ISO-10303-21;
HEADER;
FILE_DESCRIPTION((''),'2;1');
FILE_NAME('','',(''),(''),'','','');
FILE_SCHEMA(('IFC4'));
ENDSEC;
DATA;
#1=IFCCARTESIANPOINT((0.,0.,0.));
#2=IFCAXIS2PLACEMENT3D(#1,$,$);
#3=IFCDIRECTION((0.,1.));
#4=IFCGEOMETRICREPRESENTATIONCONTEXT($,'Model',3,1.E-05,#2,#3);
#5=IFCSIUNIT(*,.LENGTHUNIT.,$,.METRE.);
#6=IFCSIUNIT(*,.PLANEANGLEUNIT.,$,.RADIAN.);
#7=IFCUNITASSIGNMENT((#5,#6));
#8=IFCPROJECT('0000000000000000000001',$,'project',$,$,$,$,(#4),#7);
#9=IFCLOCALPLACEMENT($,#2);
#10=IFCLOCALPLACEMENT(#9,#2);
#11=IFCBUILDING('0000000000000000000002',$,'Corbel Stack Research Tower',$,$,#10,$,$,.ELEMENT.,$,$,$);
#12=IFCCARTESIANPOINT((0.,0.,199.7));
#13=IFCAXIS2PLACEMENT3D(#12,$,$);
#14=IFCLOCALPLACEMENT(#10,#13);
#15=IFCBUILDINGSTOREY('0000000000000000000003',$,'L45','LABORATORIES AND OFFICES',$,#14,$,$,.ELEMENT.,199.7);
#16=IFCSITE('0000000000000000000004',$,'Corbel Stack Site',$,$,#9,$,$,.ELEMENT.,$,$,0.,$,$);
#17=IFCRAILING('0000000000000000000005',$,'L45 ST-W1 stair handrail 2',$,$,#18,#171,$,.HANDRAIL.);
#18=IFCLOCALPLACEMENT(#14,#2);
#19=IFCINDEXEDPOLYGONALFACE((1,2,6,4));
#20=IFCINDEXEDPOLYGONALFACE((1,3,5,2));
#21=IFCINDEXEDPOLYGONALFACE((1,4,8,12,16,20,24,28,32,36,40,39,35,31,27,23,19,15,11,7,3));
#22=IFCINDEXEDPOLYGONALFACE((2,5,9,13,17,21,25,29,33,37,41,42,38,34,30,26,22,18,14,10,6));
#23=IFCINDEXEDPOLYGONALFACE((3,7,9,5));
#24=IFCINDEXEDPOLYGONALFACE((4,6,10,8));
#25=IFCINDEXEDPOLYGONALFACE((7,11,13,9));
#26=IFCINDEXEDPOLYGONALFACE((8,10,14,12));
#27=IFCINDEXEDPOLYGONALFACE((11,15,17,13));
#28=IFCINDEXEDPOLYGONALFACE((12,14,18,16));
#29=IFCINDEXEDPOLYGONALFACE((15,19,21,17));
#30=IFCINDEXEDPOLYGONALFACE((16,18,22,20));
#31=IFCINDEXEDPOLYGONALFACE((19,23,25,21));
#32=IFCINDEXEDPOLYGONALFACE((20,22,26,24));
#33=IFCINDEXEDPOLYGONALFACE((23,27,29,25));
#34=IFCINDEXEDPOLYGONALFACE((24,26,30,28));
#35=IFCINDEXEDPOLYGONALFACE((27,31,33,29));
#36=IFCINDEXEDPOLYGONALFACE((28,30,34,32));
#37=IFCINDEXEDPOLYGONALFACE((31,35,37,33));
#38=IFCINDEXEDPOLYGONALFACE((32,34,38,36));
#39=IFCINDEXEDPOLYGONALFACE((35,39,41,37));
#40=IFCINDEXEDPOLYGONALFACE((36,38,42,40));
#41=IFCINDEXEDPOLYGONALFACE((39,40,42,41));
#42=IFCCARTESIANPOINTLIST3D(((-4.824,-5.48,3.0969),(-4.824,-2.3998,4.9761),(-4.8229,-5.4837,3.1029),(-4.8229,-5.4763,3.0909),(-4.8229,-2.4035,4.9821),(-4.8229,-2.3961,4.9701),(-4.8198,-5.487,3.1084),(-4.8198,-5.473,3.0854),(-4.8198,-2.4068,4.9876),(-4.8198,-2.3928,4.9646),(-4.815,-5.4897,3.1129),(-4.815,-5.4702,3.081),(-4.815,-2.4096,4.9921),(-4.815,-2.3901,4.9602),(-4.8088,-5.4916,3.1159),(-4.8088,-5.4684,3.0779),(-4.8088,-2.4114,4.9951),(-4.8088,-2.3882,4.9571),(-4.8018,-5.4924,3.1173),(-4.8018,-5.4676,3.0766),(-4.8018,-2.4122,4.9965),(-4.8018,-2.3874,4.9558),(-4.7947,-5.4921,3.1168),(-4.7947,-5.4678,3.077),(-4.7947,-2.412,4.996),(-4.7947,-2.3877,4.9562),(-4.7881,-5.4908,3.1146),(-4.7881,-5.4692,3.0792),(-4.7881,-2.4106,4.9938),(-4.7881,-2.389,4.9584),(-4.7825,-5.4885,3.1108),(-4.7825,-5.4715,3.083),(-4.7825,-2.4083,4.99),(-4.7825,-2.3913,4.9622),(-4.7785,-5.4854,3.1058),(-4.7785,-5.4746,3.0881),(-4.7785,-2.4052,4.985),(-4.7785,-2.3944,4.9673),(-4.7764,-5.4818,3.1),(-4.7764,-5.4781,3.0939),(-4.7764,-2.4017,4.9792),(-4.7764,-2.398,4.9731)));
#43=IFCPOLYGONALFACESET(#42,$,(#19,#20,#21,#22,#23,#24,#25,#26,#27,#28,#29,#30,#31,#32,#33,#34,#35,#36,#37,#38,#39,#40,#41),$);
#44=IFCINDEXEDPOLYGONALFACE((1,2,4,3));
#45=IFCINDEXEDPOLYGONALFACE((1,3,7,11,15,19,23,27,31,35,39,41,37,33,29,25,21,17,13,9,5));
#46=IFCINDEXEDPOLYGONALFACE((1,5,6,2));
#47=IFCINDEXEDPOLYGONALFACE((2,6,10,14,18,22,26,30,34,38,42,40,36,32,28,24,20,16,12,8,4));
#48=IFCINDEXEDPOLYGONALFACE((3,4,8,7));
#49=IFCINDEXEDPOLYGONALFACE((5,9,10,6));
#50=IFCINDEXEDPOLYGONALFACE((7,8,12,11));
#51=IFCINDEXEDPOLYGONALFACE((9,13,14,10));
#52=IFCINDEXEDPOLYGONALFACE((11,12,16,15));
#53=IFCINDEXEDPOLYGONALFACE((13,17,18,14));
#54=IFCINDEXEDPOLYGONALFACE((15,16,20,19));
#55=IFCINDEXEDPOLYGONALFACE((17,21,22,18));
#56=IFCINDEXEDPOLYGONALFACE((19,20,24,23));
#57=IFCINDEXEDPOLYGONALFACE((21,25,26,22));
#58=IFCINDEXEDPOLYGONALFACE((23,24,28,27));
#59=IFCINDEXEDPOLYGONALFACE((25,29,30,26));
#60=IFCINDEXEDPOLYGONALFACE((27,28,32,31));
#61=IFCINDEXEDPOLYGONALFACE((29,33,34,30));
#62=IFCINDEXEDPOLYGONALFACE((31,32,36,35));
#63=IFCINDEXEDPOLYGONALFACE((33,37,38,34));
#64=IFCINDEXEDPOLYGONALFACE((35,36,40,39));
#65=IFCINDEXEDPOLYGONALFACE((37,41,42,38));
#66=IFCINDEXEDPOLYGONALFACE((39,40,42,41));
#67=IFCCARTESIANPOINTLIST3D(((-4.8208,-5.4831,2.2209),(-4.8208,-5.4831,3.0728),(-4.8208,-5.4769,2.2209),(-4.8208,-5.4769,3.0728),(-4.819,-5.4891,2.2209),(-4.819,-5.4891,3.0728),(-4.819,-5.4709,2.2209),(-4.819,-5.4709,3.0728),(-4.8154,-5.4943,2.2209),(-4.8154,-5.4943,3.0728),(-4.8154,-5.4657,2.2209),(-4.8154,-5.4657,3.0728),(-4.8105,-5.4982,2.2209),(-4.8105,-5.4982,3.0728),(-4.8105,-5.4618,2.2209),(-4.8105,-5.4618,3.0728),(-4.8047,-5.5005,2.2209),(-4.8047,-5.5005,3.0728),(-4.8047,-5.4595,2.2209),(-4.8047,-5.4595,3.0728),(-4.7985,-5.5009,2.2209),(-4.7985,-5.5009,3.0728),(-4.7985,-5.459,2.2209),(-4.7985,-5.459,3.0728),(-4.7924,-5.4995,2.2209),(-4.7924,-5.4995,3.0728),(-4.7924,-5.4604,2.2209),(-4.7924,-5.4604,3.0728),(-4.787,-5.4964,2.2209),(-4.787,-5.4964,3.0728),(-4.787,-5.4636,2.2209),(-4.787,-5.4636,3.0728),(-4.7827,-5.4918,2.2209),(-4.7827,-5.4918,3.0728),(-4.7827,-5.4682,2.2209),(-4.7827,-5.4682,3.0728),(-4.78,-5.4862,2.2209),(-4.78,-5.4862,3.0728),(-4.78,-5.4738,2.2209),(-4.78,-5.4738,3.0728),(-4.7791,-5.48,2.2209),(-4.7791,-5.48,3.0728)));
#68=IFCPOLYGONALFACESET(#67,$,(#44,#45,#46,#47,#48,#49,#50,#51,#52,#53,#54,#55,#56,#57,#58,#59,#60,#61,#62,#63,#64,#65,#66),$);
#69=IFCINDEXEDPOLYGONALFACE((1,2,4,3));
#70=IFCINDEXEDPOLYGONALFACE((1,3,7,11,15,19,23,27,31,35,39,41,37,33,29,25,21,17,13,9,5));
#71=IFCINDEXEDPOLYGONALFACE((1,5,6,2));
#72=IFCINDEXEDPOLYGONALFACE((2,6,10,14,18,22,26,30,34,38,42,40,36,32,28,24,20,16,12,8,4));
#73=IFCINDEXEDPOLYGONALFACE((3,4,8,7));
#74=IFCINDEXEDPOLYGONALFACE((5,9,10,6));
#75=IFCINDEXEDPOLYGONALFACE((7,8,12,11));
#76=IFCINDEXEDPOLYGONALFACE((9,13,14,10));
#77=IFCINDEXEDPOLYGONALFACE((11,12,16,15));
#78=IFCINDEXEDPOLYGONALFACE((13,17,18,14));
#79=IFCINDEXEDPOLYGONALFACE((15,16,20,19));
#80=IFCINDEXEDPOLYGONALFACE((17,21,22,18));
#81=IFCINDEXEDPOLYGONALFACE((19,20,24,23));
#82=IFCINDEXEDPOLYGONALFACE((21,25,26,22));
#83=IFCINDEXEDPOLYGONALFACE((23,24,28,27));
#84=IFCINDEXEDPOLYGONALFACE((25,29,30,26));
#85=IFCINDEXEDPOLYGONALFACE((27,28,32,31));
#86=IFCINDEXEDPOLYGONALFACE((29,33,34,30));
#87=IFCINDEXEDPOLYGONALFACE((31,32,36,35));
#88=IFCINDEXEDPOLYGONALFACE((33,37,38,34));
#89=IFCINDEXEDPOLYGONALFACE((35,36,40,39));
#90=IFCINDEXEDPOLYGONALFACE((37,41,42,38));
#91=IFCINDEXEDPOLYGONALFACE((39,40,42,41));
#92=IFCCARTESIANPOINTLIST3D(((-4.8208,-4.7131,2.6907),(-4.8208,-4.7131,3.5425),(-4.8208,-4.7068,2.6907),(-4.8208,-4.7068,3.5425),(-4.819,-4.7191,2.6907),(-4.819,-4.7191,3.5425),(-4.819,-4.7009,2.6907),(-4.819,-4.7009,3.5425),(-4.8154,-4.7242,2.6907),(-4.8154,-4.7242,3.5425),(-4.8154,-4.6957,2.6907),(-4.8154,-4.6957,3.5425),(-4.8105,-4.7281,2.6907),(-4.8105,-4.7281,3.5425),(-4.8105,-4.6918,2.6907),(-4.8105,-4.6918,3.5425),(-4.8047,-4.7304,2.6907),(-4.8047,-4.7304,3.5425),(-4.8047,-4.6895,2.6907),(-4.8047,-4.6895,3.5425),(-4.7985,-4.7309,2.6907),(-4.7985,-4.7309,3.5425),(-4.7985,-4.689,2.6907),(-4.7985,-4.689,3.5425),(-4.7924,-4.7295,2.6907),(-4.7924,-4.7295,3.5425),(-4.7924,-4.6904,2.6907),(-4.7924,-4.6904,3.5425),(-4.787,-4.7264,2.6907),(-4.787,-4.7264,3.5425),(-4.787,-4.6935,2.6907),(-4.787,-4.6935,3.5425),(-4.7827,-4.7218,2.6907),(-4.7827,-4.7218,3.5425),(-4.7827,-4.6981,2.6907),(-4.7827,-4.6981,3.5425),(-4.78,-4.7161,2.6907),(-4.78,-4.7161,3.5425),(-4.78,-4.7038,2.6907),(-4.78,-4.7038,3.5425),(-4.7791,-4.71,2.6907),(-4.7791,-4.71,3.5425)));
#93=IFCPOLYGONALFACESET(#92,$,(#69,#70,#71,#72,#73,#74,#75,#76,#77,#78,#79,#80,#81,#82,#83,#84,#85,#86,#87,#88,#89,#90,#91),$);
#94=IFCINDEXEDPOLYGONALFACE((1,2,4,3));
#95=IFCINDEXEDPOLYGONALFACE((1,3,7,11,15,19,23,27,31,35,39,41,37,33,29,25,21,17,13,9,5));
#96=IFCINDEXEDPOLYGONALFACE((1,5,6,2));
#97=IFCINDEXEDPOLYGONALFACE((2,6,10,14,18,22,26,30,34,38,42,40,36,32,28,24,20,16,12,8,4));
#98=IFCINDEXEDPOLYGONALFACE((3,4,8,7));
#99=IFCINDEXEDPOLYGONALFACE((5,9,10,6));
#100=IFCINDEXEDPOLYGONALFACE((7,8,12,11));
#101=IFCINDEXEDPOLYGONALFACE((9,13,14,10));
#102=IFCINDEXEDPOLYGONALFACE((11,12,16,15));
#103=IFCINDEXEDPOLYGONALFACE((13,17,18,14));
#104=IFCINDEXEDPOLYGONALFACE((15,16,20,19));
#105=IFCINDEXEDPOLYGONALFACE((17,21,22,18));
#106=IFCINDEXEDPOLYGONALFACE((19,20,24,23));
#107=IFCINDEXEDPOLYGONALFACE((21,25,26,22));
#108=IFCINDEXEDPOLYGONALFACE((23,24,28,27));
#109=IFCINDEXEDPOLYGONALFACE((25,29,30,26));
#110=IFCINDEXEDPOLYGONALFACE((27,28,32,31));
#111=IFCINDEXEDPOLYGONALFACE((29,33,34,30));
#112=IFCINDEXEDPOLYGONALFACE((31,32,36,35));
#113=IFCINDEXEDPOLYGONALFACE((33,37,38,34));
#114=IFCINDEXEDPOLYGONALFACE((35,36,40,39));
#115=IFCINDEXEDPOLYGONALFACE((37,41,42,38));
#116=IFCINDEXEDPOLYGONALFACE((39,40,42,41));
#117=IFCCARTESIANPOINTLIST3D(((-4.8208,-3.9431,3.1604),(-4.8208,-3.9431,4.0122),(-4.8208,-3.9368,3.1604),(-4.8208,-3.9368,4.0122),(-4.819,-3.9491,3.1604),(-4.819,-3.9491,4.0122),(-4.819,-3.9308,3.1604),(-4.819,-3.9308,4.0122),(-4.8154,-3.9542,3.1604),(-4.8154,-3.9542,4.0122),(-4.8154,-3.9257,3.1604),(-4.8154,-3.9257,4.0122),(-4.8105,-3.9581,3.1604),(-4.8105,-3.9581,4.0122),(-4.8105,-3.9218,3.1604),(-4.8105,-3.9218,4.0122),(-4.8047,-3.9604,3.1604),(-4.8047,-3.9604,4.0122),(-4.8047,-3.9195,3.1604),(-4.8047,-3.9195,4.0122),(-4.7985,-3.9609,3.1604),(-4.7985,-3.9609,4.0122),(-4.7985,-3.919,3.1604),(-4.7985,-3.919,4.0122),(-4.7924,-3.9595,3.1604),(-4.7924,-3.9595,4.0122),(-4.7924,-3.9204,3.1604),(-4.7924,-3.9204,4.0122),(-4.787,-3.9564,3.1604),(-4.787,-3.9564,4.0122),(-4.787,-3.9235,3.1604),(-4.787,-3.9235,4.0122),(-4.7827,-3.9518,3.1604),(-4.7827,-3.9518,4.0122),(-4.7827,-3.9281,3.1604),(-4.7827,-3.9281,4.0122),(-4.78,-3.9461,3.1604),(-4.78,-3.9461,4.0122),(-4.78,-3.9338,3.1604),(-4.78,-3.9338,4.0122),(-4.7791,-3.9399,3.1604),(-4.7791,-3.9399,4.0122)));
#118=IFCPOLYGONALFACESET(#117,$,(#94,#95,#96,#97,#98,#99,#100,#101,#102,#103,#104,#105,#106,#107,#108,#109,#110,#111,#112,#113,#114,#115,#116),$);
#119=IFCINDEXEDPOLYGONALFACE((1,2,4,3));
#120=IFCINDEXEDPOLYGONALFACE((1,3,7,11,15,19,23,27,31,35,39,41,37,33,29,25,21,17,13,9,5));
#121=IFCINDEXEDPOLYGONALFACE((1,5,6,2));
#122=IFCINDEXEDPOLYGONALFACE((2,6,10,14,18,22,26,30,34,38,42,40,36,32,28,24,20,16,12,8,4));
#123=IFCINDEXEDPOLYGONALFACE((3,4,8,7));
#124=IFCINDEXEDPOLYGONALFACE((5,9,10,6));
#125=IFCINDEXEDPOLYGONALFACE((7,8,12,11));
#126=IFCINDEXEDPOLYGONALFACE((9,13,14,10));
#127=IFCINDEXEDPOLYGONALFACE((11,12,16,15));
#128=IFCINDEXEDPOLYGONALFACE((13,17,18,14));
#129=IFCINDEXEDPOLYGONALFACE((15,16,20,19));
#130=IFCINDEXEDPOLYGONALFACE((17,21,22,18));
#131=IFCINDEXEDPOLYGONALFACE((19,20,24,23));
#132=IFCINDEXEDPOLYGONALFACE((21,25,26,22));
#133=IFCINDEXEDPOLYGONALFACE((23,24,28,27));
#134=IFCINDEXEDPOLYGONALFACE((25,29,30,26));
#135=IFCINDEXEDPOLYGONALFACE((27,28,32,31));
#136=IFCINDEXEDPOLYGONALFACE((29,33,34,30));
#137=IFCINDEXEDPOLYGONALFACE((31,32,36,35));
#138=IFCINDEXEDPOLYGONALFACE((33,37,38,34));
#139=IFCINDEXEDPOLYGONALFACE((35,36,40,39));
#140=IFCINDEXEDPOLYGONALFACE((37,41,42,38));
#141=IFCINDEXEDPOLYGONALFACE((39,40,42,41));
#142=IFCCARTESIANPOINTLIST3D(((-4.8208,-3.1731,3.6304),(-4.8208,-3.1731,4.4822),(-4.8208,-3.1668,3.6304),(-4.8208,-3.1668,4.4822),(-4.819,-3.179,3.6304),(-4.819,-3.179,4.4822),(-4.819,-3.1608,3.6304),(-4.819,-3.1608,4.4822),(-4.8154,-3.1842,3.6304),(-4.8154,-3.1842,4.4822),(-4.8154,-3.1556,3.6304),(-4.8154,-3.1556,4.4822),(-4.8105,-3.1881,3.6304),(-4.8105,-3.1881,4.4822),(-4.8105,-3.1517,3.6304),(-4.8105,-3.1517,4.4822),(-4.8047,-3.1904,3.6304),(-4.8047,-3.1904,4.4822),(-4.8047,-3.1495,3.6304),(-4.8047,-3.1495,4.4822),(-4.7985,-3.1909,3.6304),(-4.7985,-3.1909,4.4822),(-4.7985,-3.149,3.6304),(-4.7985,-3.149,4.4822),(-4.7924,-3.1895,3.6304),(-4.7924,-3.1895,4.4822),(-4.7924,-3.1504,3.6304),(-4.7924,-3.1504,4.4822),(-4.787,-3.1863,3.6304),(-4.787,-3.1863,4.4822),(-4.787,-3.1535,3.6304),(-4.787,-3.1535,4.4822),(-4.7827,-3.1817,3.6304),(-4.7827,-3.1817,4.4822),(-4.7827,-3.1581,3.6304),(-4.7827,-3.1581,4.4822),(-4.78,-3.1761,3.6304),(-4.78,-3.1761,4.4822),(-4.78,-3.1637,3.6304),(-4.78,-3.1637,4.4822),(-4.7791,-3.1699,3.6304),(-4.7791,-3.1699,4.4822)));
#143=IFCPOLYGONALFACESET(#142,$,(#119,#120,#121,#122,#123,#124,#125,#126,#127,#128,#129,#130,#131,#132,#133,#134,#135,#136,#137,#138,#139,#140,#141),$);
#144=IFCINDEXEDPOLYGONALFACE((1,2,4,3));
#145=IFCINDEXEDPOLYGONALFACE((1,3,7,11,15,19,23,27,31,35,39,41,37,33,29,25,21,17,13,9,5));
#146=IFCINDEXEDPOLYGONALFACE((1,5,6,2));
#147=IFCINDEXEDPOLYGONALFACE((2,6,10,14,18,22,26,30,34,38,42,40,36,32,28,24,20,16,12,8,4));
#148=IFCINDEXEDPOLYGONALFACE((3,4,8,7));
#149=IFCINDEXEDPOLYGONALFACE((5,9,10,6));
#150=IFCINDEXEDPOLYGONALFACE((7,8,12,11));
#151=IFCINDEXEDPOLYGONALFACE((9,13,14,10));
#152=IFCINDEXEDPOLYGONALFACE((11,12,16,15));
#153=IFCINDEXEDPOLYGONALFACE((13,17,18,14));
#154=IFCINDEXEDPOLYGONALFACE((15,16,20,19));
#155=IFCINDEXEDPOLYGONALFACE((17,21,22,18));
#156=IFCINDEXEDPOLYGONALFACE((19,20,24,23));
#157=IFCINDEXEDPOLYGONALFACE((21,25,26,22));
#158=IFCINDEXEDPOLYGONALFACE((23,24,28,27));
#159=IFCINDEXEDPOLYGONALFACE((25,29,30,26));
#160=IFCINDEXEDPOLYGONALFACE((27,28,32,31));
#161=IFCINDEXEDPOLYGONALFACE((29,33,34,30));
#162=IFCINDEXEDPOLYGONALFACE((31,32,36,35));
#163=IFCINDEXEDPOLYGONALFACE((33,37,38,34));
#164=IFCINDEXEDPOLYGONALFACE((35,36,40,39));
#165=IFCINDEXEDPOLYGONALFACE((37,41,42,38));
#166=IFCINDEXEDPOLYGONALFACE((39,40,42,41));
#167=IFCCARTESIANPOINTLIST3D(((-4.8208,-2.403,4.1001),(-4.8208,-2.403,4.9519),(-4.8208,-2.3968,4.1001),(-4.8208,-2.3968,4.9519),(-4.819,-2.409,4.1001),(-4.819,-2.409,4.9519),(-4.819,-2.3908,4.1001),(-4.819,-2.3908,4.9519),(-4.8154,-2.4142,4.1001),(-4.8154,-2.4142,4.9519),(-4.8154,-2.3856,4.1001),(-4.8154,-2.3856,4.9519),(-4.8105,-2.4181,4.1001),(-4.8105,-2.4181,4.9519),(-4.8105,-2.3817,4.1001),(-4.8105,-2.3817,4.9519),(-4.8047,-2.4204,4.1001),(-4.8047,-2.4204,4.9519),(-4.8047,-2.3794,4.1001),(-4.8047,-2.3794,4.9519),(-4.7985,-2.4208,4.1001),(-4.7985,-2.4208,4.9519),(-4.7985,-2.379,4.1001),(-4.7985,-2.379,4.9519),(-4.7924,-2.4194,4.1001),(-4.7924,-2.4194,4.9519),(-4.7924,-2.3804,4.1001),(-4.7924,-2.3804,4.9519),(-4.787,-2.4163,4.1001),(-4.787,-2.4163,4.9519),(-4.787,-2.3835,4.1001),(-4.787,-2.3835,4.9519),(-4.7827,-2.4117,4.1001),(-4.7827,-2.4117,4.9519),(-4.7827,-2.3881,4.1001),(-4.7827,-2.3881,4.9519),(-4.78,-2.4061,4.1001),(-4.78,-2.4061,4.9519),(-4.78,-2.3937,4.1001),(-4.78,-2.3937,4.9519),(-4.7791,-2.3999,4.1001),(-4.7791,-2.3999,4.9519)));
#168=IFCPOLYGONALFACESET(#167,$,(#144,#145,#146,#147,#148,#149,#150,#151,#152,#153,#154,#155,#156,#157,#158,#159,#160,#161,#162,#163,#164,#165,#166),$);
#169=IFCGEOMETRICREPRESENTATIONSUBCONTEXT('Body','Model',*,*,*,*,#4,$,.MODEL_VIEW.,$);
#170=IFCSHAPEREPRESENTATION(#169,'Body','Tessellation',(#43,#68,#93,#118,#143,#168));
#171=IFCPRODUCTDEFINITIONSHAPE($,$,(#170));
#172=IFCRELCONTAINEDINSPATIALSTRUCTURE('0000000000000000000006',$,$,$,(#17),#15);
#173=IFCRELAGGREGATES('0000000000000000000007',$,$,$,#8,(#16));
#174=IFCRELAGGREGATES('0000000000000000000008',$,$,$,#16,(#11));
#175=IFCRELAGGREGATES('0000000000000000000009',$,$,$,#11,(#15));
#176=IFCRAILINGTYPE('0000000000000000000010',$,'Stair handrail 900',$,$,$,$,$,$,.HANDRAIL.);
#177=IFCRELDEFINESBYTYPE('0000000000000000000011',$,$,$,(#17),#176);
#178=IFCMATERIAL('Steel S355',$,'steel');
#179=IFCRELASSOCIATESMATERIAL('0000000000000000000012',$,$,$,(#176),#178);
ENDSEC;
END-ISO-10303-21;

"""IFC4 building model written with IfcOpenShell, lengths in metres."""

from ifc_helpers import new_model, si_unit, direction, frame, origin, origin_2d, place, context, subcontext, project, spatial, circle, extrude, material, type_object, element, save


model = new_model("IFC4")

# Units and contexts
model_context = context("Model", 3, precision=1e-05, world=origin(), true_north=direction((0.0, 1.0)))
body_context = subcontext(model_context, "Body", "Model", "MODEL_VIEW")
ifc_project = project(units=[si_unit("LENGTHUNIT", "METRE"), si_unit("PLANEANGLEUNIT", "RADIAN")], contexts=[model_context])

# Site, building, storey
site_placement = place(None, origin())
site = spatial("IfcSite", under=ifc_project, at=site_placement, Name="Corbel Stack Site", CompositionType="ELEMENT", RefElevation=0.0)
building_placement = place(site_placement, origin())
building = spatial("IfcBuilding", under=site, at=building_placement, Name="Corbel Stack Research Tower", CompositionType="ELEMENT")
storey_placement = place(building_placement, frame((0.0, 0.0, 199.7)))
storey = spatial("IfcBuildingStorey", under=building, at=storey_placement, Name="L45", Description="LABORATORIES AND OFFICES", CompositionType="ELEMENT", Elevation=199.7)

# Railing
ifc_material_1 = material(Name="Steel S355", Category="steel")
railing_type_1 = type_object("IfcRailingType", Name="Stair handrail 900", PredefinedType="HANDRAIL", material=ifc_material_1)
railing_1_placement = place(storey_placement, frame((-4.8, -5.48, 2.2209)))
element("IfcRailing", 1, at=railing_1_placement, inside=storey, type_object=railing_type_1, Name="L45 ST-W1 stair handrail 2", PredefinedType="HANDRAIL", context=body_context, shape_type="SweptSolid", body=[
    extrude(circle(Radius=0.0239, at=origin_2d()), frame((0.0, 0.0, 0.876), z_axis=(0.0, 0.853666, 0.52082), x_axis=(-1.0, 0.0, 0.0)), (0.0, 0.0, 1.0), 3.6082),
    extrude(circle(Radius=0.021, at=origin_2d()), origin(), (0.0, 0.0, 1.0), 0.8518),
    extrude(circle(Radius=0.021, at=origin_2d()), frame((0.0, 0.77, 0.4697)), (0.0, 0.0, 1.0), 0.8518),
    extrude(circle(Radius=0.021, at=origin_2d()), frame((0.0, 1.54, 0.9395)), (0.0, 0.0, 1.0), 0.8518),
    extrude(circle(Radius=0.021, at=origin_2d()), frame((0.0, 2.3101, 1.4094)), (0.0, 0.0, 1.0), 0.8518),
    extrude(circle(Radius=0.021, at=origin_2d()), frame((0.0, 3.0801, 1.8792)), (0.0, 0.0, 1.0), 0.8518),
])

save(model, "model.ifc")
